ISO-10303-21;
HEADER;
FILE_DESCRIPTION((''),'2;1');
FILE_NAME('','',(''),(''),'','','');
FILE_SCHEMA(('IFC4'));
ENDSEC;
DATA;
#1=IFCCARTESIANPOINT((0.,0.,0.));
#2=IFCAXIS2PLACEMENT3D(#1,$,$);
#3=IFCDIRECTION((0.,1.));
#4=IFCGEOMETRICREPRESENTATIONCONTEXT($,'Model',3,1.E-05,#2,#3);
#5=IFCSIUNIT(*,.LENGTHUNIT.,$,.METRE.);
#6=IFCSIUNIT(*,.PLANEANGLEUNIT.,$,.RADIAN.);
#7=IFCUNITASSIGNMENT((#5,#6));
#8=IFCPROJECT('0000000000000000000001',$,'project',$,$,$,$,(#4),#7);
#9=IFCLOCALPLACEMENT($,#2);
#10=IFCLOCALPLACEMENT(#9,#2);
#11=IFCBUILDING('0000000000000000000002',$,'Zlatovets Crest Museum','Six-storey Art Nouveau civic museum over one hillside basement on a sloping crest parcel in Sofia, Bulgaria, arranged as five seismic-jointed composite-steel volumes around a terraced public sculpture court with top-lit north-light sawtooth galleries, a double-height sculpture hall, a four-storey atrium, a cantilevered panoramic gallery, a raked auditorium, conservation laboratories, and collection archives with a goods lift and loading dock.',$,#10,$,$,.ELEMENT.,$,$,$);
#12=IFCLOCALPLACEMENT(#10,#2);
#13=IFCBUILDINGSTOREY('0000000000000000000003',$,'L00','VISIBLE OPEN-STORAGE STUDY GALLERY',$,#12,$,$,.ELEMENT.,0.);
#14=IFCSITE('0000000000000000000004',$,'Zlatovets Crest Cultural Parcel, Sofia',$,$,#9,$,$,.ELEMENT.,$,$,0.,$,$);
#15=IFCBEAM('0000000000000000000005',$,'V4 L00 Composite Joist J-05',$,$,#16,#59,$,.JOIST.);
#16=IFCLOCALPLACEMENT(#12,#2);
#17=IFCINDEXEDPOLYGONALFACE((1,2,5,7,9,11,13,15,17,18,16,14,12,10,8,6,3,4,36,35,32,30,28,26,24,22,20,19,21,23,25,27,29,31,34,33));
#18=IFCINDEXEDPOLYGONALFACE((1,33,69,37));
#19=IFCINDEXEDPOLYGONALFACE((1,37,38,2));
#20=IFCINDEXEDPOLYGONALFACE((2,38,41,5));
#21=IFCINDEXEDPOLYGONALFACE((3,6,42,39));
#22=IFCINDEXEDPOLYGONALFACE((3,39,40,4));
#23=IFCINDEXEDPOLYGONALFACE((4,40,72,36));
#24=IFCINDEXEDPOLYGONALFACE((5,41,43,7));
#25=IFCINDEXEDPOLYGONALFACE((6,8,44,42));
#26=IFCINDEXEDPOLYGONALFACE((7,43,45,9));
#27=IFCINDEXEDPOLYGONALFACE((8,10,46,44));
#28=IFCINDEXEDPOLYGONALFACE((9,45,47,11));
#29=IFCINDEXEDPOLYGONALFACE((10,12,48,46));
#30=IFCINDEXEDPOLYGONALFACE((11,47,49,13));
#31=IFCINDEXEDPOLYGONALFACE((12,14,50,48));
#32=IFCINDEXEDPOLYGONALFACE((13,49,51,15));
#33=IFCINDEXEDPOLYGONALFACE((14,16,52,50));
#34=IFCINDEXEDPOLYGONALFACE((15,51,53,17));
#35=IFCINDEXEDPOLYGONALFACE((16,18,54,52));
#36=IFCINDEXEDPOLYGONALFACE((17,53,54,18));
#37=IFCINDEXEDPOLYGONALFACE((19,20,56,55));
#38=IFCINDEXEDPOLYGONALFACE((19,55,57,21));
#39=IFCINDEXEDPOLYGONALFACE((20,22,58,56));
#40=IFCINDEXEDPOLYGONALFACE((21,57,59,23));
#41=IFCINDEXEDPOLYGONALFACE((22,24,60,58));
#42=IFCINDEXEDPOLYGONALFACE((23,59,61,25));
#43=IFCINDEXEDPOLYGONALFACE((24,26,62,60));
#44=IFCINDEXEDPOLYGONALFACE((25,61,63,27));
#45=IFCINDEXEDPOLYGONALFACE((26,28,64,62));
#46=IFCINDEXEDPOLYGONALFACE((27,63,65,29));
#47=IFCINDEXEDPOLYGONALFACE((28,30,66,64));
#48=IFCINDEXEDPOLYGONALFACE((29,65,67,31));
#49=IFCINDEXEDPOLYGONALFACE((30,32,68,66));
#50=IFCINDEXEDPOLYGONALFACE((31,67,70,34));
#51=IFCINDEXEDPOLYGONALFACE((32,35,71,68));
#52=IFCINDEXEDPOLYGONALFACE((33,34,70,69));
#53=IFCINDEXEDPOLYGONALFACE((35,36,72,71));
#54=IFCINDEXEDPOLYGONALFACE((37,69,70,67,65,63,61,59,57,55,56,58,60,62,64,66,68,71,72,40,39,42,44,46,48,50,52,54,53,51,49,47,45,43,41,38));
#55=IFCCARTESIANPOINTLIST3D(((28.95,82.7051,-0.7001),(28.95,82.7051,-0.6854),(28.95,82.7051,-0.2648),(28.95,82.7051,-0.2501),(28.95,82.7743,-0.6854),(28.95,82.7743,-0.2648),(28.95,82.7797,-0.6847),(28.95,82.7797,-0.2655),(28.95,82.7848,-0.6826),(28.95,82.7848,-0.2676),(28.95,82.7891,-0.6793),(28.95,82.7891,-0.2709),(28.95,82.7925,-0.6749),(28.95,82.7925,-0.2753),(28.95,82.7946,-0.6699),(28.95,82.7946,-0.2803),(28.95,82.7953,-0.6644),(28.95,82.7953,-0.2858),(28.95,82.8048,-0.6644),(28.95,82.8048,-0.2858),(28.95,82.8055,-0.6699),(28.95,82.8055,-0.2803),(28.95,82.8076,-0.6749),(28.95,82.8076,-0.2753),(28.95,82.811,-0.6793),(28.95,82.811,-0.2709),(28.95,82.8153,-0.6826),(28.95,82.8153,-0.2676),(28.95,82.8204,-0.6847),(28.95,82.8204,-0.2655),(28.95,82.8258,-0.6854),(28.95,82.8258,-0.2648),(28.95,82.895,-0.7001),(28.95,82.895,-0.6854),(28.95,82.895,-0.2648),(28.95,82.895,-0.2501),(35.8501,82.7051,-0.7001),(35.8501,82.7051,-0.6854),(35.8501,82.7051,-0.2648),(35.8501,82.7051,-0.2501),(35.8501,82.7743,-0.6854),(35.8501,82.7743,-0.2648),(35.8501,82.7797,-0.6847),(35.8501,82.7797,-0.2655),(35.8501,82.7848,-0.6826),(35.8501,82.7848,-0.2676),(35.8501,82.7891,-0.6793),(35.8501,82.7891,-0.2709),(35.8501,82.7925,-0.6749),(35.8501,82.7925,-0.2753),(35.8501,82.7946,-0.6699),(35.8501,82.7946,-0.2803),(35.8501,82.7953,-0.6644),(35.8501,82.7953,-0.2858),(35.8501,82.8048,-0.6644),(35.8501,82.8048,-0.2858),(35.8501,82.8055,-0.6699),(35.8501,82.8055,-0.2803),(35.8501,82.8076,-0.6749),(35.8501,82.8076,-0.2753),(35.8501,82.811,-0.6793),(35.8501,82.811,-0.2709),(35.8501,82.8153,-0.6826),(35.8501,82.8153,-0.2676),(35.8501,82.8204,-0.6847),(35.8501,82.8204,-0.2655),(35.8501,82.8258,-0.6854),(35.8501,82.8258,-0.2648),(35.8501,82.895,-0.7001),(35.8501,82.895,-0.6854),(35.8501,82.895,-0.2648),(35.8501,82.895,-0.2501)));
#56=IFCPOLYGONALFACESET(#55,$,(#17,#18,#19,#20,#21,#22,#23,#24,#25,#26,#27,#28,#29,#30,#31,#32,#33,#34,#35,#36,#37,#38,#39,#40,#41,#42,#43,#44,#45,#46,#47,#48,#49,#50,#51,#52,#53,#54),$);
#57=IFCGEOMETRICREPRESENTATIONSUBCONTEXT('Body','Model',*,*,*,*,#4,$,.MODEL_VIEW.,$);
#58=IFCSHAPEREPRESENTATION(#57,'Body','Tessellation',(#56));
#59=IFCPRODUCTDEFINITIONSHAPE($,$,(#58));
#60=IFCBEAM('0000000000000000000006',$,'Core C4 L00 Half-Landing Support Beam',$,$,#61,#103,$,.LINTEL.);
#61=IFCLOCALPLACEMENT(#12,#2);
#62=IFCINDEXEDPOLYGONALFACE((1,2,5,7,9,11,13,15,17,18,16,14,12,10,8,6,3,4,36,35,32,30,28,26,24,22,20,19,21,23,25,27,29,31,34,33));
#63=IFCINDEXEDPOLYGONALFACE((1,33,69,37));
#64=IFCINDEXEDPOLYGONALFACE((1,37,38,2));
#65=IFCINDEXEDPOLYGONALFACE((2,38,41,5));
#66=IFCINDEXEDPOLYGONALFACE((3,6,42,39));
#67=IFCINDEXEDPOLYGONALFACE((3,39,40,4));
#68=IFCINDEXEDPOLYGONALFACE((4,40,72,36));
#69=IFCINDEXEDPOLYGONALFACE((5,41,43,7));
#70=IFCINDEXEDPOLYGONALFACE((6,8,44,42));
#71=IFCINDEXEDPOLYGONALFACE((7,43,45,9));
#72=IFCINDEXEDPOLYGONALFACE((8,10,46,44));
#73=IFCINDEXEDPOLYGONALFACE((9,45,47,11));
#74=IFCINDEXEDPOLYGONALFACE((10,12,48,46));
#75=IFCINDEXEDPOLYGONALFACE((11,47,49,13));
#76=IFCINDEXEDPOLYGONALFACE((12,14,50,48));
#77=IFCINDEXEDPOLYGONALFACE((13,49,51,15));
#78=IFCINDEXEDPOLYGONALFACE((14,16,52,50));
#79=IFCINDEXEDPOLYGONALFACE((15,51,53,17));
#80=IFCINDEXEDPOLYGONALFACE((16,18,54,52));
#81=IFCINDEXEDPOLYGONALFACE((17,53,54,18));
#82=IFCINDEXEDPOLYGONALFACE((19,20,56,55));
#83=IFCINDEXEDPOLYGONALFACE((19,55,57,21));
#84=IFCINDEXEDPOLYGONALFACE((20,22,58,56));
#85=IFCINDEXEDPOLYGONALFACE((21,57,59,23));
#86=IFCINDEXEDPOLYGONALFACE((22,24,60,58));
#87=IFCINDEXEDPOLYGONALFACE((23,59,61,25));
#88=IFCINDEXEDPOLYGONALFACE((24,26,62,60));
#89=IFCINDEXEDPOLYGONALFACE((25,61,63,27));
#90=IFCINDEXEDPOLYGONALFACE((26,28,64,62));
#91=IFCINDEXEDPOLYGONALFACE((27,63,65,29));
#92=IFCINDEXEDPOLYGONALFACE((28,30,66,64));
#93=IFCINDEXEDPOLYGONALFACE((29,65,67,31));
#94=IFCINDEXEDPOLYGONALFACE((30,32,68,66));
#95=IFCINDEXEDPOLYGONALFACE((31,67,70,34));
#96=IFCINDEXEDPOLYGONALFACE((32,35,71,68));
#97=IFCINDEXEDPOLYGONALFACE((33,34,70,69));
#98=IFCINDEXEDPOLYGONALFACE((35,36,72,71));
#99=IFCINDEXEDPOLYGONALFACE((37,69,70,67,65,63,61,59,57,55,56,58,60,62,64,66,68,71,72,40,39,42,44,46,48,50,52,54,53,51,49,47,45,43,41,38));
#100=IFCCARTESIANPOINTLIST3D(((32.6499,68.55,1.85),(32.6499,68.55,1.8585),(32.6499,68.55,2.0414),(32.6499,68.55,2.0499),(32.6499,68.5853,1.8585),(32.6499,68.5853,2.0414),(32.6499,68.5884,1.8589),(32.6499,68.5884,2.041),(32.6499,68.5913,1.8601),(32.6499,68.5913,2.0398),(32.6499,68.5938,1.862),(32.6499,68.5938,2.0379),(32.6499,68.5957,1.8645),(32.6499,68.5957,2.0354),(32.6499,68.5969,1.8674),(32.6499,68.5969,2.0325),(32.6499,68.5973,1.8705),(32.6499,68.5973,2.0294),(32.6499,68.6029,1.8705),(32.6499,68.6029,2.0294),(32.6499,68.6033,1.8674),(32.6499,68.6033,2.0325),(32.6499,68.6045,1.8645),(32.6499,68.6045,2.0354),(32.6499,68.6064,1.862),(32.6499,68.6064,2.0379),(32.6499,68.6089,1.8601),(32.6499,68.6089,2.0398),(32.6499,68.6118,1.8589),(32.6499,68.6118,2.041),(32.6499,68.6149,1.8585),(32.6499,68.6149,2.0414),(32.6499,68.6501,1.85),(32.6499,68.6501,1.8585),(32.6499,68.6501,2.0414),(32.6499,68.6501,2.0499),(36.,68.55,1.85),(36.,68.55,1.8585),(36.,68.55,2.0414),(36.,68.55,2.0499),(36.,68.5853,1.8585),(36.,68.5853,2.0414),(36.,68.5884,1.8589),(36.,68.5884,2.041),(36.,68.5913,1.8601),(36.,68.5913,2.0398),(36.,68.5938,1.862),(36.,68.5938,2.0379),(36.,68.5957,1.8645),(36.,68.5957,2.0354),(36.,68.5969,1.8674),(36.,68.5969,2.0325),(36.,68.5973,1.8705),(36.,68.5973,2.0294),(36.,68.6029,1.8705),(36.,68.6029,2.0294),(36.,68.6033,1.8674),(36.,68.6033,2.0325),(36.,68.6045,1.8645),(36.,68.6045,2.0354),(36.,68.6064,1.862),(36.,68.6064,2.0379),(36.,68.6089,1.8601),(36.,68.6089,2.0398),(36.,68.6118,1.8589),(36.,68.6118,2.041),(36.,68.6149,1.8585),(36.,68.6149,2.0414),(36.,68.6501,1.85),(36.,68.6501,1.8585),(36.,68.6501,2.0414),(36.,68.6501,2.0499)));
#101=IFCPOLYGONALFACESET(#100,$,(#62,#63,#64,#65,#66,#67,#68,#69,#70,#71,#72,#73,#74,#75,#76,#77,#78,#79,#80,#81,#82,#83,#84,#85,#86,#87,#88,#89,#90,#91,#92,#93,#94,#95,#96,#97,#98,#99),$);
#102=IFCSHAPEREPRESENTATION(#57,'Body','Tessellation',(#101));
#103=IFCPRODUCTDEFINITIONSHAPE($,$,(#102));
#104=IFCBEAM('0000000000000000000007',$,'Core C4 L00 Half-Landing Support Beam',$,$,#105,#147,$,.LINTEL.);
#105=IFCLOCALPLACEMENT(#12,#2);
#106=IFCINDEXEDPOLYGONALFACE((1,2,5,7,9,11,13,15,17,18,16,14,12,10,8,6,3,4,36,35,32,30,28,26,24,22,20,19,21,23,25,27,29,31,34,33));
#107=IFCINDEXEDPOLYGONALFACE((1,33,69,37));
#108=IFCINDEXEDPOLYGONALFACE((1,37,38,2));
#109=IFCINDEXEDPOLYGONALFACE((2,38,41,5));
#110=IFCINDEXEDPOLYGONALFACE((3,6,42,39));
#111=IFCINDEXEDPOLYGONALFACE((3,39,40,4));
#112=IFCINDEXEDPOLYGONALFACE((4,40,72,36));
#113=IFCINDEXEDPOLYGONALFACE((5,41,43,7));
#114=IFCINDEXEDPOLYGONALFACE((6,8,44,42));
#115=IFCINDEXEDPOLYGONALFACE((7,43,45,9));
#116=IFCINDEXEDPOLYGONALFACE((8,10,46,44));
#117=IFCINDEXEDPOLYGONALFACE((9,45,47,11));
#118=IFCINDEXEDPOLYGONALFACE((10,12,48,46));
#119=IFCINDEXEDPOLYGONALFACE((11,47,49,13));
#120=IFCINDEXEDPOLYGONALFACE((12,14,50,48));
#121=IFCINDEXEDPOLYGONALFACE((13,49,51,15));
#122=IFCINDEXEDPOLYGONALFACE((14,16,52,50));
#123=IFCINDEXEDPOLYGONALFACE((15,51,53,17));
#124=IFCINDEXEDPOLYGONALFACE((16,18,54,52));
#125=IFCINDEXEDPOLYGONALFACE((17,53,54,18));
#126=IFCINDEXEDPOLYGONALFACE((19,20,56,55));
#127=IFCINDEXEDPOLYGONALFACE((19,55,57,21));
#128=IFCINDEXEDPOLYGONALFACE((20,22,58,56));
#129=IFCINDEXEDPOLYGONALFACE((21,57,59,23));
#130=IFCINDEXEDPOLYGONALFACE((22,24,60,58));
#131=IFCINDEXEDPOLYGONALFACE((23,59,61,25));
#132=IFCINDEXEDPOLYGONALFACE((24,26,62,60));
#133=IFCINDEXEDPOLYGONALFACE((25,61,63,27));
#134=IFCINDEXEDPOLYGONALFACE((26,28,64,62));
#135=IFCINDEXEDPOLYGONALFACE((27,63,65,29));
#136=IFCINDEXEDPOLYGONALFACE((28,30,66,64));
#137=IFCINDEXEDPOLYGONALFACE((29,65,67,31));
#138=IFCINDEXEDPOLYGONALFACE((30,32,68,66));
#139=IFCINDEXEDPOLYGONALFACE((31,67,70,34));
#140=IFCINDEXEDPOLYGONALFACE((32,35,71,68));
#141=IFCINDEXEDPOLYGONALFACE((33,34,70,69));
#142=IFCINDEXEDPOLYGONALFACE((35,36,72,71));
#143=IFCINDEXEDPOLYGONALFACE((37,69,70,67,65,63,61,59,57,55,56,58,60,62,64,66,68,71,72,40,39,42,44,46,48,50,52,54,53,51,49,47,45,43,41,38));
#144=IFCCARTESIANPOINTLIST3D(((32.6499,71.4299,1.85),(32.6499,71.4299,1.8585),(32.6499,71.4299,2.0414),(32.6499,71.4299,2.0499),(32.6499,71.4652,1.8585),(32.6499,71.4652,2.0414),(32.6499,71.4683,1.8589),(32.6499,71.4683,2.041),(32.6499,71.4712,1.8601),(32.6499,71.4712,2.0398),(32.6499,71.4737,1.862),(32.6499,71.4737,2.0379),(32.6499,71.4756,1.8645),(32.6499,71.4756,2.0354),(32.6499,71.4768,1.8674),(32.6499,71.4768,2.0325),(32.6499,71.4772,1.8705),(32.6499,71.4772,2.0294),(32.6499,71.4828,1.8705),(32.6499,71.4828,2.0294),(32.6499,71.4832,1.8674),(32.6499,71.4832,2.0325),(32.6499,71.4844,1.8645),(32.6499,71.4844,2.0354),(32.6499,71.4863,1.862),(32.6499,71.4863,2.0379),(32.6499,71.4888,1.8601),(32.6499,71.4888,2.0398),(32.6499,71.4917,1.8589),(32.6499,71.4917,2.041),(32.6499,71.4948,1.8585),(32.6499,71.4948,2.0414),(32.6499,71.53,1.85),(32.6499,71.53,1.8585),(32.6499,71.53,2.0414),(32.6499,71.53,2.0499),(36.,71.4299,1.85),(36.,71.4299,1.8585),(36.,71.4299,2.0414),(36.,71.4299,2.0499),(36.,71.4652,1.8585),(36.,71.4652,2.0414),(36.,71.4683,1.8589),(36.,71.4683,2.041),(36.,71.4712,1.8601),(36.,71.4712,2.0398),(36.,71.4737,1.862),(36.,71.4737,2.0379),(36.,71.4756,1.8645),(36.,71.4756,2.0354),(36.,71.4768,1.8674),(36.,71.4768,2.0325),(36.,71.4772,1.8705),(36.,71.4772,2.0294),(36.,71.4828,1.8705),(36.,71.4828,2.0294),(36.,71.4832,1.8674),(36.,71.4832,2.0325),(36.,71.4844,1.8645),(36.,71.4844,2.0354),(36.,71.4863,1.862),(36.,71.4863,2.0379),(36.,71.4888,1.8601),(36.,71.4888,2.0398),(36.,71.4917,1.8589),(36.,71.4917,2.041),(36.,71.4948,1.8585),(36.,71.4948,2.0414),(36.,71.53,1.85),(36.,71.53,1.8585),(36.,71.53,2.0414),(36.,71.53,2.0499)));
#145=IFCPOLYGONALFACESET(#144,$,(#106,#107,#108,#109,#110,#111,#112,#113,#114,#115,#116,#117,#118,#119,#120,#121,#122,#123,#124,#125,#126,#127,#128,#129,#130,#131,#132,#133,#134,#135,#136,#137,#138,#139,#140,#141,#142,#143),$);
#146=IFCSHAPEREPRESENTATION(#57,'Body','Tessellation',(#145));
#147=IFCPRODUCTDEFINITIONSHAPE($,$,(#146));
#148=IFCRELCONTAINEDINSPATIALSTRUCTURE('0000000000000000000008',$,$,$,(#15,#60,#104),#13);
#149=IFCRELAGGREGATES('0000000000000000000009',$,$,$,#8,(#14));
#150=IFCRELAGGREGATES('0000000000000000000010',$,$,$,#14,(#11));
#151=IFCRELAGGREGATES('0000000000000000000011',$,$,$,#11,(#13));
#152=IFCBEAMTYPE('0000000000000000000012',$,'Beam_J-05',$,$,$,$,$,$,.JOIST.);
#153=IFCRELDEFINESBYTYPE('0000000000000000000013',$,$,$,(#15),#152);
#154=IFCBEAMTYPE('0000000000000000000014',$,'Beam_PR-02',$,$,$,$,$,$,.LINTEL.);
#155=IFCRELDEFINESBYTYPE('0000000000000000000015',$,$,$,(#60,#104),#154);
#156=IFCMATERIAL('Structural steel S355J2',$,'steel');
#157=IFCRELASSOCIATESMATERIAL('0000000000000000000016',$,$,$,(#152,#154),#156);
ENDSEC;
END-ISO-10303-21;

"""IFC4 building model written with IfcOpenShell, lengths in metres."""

from ifc_helpers import new_model, si_unit, direction, frame, origin, origin_2d, place, context, subcontext, project, spatial, i_section, extrude, material, material_profile, profile_set, type_object, element, save


model = new_model("IFC4")

# Units and contexts
model_context = context("Model", 3, precision=1e-05, world=origin(), true_north=direction((0.0, 1.0)))
body_context = subcontext(model_context, "Body", "Model", "MODEL_VIEW")
ifc_project = project(units=[si_unit("LENGTHUNIT", "METRE"), si_unit("PLANEANGLEUNIT", "RADIAN")], contexts=[model_context])

# Site, building, storey
site_placement = place(None, origin())
site = spatial("IfcSite", under=ifc_project, at=site_placement, Name="Zlatovets Crest Cultural Parcel, Sofia", CompositionType="ELEMENT", RefElevation=0.0)
building_placement = place(site_placement, origin())
building = spatial("IfcBuilding", under=site, at=building_placement, Name="Zlatovets Crest Museum", Description="Six-storey Art Nouveau civic museum over one hillside basement on a sloping crest parcel in Sofia, Bulgaria, arranged as five seismic-jointed composite-steel volumes around a terraced public sculpture court with top-lit north-light sawtooth galleries, a double-height sculpture hall, a four-storey atrium, a cantilevered panoramic gallery, a raked auditorium, conservation laboratories, and collection archives with a goods lift and loading dock.", CompositionType="ELEMENT")
storey_placement = place(building_placement, origin())
storey = spatial("IfcBuildingStorey", under=building, at=storey_placement, Name="L00", Description="VISIBLE OPEN-STORAGE STUDY GALLERY", CompositionType="ELEMENT", Elevation=0.0)

# Shared definitions
ifc_material_1 = material(Name="Structural steel S355J2", Category="steel")

# Beams
ifc_material_profile_1 = material_profile(ifc_material_1, i_section(OverallWidth=0.1899, OverallDepth=0.45, WebThickness=0.0095, FlangeThickness=0.0146, FilletRadius=0.021, at=origin_2d()), Name="IPE 450")
ifc_profile_set_1 = profile_set([ifc_material_profile_1], Name="Structural steel S355J2")
beam_type_1 = type_object("IfcBeamType", Name="Beam_J-05", PredefinedType="JOIST", material=ifc_profile_set_1)
for number, where, z_axis, x_axis, name in (
    (1, (28.95, 82.8, -0.4751), (1.0, 0.0, 0.0), (0.0, 1.0, 0.0), "V4 L00 Composite Joist J-05"),
):
    element("IfcBeam", number, at=place(storey_placement, frame(where, z_axis=z_axis, x_axis=x_axis)), inside=storey, type_object=beam_type_1, Name=name, PredefinedType="JOIST", context=body_context, shape_type="SweptSolid", body=[
        extrude(i_section(OverallWidth=0.1899, OverallDepth=0.45, WebThickness=0.0095, FlangeThickness=0.0146, FilletRadius=0.021, at=origin_2d()), origin(), (0.0, 0.0, 1.0), 6.9001),
    ])
ifc_material_profile_2 = material_profile(ifc_material_1, i_section(OverallWidth=0.1001, OverallDepth=0.2, WebThickness=0.0056, FlangeThickness=0.0085, FilletRadius=0.012, at=origin_2d()), Name="IPE 200")
ifc_profile_set_2 = profile_set([ifc_material_profile_2], Name="Structural steel S355J2")
beam_type_2 = type_object("IfcBeamType", Name="Beam_PR-02", PredefinedType="LINTEL", material=ifc_profile_set_2)
for number, where, z_axis, x_axis, name in (
    (2, (32.6499, 68.6001, 1.95), (1.0, 0.0, 0.0), (0.0, 1.0, 0.0), "Core C4 L00 Half-Landing Support Beam"),
    (3, (32.6499, 71.48, 1.95), (1.0, 0.0, 0.0), (0.0, 1.0, 0.0), "Core C4 L00 Half-Landing Support Beam"),
):
    element("IfcBeam", number, at=place(storey_placement, frame(where, z_axis=z_axis, x_axis=x_axis)), inside=storey, type_object=beam_type_2, Name=name, PredefinedType="LINTEL", context=body_context, shape_type="SweptSolid", body=[
        extrude(i_section(OverallWidth=0.1001, OverallDepth=0.2, WebThickness=0.0056, FlangeThickness=0.0085, FilletRadius=0.012, at=origin_2d()), origin(), (0.0, 0.0, 1.0), 3.3501),
    ])

save(model, "model.ifc")
